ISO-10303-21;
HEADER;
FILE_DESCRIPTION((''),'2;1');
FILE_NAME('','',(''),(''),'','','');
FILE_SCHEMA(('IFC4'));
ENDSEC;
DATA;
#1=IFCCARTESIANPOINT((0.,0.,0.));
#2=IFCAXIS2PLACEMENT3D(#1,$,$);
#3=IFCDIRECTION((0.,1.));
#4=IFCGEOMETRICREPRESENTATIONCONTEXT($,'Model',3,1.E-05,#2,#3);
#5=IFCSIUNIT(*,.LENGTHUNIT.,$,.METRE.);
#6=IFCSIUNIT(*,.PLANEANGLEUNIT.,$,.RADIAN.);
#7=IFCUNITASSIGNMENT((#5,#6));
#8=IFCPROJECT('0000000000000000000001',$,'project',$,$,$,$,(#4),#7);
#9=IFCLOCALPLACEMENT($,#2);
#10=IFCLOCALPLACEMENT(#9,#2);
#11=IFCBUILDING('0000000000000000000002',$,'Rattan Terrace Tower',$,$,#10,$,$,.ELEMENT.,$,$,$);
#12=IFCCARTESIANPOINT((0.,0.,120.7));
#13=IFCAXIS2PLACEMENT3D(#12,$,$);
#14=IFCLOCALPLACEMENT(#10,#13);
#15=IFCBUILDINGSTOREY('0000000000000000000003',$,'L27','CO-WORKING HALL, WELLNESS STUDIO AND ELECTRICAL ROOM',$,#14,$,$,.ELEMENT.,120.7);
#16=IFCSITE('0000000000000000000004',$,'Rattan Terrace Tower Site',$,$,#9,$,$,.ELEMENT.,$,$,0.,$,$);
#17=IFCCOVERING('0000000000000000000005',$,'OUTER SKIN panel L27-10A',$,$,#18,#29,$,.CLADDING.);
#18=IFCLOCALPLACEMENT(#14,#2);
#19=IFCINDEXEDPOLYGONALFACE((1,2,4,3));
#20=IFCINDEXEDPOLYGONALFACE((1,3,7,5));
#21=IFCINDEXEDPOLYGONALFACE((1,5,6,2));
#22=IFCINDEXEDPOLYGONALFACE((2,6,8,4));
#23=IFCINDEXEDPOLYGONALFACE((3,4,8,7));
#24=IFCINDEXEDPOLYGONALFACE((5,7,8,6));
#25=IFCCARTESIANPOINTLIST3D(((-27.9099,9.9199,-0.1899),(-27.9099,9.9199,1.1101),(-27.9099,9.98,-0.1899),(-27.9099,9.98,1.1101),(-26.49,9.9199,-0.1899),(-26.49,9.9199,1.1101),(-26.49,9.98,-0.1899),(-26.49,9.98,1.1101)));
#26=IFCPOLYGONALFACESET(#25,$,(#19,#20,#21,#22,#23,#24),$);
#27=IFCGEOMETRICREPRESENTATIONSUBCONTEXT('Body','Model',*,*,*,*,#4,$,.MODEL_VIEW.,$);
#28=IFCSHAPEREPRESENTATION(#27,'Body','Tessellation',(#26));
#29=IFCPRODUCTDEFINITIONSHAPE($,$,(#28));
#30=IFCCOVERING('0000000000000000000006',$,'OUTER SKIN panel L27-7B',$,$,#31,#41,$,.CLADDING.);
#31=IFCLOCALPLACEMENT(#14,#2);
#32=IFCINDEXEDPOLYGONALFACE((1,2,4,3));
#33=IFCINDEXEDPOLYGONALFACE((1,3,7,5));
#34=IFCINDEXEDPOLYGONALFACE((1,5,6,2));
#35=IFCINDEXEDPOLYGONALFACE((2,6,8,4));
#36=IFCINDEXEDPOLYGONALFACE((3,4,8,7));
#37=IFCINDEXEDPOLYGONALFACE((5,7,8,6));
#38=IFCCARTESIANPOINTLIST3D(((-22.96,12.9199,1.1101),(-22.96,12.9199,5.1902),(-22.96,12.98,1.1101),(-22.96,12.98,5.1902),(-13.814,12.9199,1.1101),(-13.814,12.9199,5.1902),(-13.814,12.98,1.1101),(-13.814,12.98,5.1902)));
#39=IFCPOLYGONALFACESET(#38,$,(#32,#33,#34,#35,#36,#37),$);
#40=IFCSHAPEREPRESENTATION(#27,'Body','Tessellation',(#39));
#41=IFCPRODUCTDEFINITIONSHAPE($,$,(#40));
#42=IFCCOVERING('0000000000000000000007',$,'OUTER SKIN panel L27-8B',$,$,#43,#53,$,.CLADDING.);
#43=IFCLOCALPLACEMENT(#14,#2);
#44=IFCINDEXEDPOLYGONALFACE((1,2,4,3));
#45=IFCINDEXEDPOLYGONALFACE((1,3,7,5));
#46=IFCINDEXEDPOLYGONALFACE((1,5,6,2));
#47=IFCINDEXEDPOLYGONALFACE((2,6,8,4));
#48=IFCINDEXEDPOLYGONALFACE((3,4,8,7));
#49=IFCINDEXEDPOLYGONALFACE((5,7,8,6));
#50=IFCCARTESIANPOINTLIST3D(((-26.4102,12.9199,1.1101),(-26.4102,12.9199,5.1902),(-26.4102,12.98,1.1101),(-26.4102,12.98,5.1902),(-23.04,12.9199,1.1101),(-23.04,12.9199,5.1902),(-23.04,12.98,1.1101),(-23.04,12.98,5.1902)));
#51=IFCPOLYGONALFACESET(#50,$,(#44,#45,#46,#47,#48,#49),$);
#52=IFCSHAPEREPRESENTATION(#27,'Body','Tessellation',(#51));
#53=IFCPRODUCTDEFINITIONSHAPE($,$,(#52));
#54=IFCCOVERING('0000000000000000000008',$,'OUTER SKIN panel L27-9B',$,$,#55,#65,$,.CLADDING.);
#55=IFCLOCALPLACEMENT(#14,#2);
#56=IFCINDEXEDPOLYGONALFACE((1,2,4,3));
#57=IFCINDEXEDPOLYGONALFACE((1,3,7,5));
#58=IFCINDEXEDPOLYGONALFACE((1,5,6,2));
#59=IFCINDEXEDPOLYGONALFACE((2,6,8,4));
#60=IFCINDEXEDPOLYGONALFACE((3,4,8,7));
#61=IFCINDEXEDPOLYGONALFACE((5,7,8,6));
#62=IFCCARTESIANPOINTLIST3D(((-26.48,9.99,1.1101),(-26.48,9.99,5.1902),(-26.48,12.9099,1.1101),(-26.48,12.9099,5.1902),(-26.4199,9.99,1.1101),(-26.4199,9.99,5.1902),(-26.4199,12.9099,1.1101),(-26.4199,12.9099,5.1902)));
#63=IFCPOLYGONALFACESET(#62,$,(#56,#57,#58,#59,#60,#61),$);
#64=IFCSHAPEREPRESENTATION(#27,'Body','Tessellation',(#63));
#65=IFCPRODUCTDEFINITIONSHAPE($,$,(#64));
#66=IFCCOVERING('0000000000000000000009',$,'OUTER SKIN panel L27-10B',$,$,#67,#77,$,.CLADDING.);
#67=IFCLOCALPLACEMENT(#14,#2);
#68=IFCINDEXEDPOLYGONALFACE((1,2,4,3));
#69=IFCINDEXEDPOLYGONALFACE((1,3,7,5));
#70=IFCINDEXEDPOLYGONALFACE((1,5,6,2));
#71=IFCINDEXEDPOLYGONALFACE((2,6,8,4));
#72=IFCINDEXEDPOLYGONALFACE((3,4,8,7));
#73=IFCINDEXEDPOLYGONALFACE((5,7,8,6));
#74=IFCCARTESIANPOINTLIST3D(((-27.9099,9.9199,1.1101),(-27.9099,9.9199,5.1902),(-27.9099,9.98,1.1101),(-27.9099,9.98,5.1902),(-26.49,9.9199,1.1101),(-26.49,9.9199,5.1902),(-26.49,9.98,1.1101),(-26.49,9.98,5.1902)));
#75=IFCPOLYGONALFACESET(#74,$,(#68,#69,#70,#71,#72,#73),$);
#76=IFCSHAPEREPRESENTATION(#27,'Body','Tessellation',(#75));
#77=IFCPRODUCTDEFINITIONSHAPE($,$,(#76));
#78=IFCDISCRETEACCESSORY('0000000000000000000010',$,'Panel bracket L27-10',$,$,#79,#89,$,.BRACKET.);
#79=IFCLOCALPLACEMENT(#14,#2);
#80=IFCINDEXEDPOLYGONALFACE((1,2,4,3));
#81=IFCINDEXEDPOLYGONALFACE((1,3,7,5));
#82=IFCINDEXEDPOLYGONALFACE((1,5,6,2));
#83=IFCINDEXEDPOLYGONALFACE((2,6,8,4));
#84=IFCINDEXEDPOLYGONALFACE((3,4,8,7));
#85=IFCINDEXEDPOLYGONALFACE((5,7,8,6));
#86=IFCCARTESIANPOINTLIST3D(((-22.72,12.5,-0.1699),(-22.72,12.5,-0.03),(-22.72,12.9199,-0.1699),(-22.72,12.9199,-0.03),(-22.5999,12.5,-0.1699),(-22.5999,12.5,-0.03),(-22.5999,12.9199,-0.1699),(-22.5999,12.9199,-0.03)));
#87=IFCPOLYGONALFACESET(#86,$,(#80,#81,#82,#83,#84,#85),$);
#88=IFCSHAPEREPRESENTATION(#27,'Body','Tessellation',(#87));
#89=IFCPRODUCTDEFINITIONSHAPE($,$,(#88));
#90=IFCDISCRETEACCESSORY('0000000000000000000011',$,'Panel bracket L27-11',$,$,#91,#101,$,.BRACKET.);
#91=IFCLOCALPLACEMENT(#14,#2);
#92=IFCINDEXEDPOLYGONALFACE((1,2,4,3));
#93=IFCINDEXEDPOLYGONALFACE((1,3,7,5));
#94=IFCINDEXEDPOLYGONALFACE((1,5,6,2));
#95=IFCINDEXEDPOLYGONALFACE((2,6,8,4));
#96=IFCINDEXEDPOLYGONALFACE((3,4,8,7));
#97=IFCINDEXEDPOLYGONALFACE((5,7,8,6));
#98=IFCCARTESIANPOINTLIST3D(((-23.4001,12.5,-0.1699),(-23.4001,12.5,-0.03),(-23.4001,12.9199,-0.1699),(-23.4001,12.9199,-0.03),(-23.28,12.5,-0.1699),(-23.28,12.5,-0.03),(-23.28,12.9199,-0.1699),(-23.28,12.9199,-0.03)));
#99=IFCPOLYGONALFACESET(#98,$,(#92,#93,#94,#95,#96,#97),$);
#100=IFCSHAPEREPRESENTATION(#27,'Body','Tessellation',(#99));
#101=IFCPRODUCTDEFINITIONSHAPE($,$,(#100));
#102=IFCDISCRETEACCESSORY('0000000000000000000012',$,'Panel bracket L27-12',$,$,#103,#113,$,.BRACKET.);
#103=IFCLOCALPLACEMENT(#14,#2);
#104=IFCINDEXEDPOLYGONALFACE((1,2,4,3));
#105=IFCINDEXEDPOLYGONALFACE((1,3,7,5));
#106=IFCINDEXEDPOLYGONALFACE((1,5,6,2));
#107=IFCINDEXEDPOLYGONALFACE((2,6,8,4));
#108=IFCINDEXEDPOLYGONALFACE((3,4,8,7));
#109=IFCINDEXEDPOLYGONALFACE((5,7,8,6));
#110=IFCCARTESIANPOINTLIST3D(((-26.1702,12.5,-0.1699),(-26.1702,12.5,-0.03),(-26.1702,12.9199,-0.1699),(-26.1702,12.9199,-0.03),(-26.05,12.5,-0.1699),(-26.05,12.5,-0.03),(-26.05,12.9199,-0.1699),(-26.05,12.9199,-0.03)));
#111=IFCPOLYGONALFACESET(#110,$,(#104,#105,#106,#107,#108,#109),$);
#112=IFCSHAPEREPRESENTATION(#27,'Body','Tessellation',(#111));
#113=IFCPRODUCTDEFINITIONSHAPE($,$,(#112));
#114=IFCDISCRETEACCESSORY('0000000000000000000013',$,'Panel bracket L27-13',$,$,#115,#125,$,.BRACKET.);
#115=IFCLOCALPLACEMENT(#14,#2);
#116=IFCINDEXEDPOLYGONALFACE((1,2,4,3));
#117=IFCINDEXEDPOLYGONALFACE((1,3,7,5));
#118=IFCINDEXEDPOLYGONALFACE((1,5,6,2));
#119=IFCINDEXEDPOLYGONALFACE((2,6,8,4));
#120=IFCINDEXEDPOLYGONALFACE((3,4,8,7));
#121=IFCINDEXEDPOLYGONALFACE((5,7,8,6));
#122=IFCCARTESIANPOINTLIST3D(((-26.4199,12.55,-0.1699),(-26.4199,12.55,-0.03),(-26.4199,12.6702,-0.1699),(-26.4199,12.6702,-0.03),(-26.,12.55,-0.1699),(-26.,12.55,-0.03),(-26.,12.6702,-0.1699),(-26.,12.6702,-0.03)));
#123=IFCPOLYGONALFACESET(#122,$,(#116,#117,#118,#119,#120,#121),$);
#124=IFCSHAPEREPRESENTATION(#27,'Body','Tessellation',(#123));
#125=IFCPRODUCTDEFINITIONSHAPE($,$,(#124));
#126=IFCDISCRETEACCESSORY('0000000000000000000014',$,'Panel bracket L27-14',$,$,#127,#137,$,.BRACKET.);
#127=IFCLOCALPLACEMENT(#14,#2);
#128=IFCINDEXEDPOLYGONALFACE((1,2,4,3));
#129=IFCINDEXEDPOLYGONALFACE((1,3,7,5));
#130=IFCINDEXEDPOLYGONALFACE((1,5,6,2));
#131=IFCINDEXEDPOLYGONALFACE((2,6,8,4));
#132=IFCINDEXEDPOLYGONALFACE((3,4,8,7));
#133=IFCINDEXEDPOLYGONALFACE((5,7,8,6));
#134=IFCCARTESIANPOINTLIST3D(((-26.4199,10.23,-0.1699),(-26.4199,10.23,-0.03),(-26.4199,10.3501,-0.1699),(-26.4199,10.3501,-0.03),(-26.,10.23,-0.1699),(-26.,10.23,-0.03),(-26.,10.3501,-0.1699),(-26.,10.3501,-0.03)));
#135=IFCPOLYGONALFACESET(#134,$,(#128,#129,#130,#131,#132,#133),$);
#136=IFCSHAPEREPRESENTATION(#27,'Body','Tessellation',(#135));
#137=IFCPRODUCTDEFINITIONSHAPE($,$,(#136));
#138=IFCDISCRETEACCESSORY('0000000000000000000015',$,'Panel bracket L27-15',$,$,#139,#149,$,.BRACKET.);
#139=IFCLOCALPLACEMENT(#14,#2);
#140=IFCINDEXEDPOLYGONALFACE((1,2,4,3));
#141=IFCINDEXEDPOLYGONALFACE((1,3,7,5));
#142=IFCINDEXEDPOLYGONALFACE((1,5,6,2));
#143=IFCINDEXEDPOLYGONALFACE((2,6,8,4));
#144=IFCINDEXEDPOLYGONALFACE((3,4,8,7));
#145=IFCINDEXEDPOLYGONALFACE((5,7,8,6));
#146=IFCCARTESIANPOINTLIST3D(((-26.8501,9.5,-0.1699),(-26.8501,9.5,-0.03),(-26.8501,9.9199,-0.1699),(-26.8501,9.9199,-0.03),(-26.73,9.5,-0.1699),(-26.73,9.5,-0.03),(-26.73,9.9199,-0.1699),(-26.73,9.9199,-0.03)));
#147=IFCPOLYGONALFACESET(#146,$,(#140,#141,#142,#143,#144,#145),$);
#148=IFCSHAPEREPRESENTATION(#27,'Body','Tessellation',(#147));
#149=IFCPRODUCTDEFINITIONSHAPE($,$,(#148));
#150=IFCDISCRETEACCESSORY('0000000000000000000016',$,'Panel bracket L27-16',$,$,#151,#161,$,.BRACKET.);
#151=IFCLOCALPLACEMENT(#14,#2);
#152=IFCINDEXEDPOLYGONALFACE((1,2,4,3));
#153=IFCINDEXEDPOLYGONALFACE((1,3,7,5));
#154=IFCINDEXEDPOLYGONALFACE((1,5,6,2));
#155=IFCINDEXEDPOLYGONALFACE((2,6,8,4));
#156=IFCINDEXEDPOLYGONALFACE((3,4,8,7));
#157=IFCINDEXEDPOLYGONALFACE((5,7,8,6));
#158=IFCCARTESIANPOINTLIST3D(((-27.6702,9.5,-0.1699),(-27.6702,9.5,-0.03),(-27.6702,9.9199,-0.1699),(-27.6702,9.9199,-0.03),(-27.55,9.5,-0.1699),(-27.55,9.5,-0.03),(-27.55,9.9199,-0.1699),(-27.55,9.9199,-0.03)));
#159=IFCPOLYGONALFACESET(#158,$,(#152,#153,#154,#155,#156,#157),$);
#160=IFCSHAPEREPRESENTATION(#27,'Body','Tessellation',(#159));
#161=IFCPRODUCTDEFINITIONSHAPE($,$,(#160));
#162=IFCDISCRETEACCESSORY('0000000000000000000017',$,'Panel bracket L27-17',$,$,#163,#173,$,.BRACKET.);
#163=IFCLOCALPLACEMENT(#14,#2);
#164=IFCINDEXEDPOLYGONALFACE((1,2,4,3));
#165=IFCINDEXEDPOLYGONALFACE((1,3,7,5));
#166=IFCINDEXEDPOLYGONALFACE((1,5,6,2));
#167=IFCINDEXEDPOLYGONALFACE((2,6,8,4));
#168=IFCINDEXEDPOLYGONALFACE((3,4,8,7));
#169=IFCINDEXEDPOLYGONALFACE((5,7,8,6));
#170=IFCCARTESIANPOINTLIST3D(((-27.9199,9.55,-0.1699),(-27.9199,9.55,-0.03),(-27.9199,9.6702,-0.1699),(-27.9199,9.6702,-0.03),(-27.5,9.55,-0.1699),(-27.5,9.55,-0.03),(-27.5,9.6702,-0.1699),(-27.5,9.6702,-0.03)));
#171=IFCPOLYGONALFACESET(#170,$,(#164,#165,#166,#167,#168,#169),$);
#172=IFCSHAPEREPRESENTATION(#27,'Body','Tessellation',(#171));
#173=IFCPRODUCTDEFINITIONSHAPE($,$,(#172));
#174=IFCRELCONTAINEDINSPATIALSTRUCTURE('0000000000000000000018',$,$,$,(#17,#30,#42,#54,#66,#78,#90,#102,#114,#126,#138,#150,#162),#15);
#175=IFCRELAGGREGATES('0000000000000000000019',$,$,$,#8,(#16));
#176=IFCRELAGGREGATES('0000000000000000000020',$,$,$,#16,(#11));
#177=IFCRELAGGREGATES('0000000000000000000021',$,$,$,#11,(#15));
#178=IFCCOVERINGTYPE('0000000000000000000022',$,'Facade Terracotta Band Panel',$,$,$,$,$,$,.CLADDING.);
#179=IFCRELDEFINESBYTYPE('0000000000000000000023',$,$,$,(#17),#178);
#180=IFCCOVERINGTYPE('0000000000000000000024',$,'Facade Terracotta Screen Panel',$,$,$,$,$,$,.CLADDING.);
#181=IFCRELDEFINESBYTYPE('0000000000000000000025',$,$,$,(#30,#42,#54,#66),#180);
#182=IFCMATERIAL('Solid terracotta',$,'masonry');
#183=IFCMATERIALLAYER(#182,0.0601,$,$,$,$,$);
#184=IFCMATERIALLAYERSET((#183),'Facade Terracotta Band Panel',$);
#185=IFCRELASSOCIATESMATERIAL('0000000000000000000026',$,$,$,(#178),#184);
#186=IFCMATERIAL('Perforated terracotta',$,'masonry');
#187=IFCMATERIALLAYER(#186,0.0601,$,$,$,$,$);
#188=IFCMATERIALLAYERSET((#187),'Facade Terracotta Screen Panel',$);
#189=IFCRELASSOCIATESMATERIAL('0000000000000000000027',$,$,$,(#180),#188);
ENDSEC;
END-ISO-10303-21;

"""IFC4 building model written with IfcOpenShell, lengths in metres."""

from ifc_helpers import new_model, si_unit, direction, frame, origin, origin_2d, place, context, subcontext, project, spatial, rectangle, extrude, material, layer, layer_set, type_object, element, save


model = new_model("IFC4")

# Units and contexts
model_context = context("Model", 3, precision=1e-05, world=origin(), true_north=direction((0.0, 1.0)))
body_context = subcontext(model_context, "Body", "Model", "MODEL_VIEW")
ifc_project = project(units=[si_unit("LENGTHUNIT", "METRE"), si_unit("PLANEANGLEUNIT", "RADIAN")], contexts=[model_context])

# Site, building, storey
site_placement = place(None, origin())
site = spatial("IfcSite", under=ifc_project, at=site_placement, Name="Rattan Terrace Tower Site", CompositionType="ELEMENT", RefElevation=0.0)
building_placement = place(site_placement, origin())
building = spatial("IfcBuilding", under=site, at=building_placement, Name="Rattan Terrace Tower", CompositionType="ELEMENT")
storey_placement = place(building_placement, frame((0.0, 0.0, 120.7)))
storey = spatial("IfcBuildingStorey", under=building, at=storey_placement, Name="L27", Description="CO-WORKING HALL, WELLNESS STUDIO AND ELECTRICAL ROOM", CompositionType="ELEMENT", Elevation=120.7)

# Coverings
ifc_material_1 = material(Name="Solid terracotta", Category="masonry")
ifc_layer_1 = layer(ifc_material_1, 0.0601)
ifc_layer_set_1 = layer_set([ifc_layer_1], Name="Facade Terracotta Band Panel")
covering_type_1 = type_object("IfcCoveringType", Name="Facade Terracotta Band Panel", PredefinedType="CLADDING", material=ifc_layer_set_1)
covering_1_placement = place(storey_placement, frame((-27.2, 9.95, -0.1899), z_axis=(0.0, 0.0, 1.0), x_axis=(-1.0, 0.0, 0.0)))
element("IfcCovering", 1, at=covering_1_placement, inside=storey, type_object=covering_type_1, Name="OUTER SKIN panel L27-10A", PredefinedType="CLADDING", context=body_context, shape_type="SweptSolid", body=[
    extrude(rectangle(XDim=1.4199, YDim=0.0601, at=origin_2d()), origin(), (0.0, 0.0, 1.0), 1.3),
])
ifc_material_2 = material(Name="Perforated terracotta", Category="masonry")
ifc_layer_2 = layer(ifc_material_2, 0.0601)
ifc_layer_set_2 = layer_set([ifc_layer_2], Name="Facade Terracotta Screen Panel")
covering_type_2 = type_object("IfcCoveringType", Name="Facade Terracotta Screen Panel", PredefinedType="CLADDING", material=ifc_layer_set_2)
covering_2_placement = place(storey_placement, frame((-18.387, 12.95, 1.1101), z_axis=(0.0, 0.0, 1.0), x_axis=(-1.0, 0.0, 0.0)))
element("IfcCovering", 2, at=covering_2_placement, inside=storey, type_object=covering_type_2, Name="OUTER SKIN panel L27-7B", PredefinedType="CLADDING", context=body_context, shape_type="SweptSolid", body=[
    extrude(rectangle(XDim=9.146, YDim=0.0601, at=origin_2d()), origin(), (0.0, 0.0, 1.0), 4.0801),
])
covering_3_placement = place(storey_placement, frame((-24.7251, 12.95, 1.1101), z_axis=(0.0, 0.0, 1.0), x_axis=(-1.0, 0.0, 0.0)))
element("IfcCovering", 3, at=covering_3_placement, inside=storey, type_object=covering_type_2, Name="OUTER SKIN panel L27-8B", PredefinedType="CLADDING", context=body_context, shape_type="SweptSolid", body=[
    extrude(rectangle(XDim=3.3701, YDim=0.0601, at=origin_2d()), origin(), (0.0, 0.0, 1.0), 4.0801),
])
covering_4_placement = place(storey_placement, frame((-26.45, 11.45, 1.1101), z_axis=(0.0, 0.0, 1.0), x_axis=(0.0, -1.0, 0.0)))
element("IfcCovering", 4, at=covering_4_placement, inside=storey, type_object=covering_type_2, Name="OUTER SKIN panel L27-9B", PredefinedType="CLADDING", context=body_context, shape_type="SweptSolid", body=[
    extrude(rectangle(XDim=2.9199, YDim=0.0601, at=origin_2d()), origin(), (0.0, 0.0, 1.0), 4.0801),
])
covering_5_placement = place(storey_placement, frame((-27.2, 9.95, 1.1101), z_axis=(0.0, 0.0, 1.0), x_axis=(-1.0, 0.0, 0.0)))
element("IfcCovering", 5, at=covering_5_placement, inside=storey, type_object=covering_type_2, Name="OUTER SKIN panel L27-10B", PredefinedType="CLADDING", context=body_context, shape_type="SweptSolid", body=[
    extrude(rectangle(XDim=1.4199, YDim=0.0601, at=origin_2d()), origin(), (0.0, 0.0, 1.0), 4.0801),
])

# Discrete accessories
for number, where, z_axis, x_axis, name in (
    (6, (-22.6599, 12.71, -0.1699), (0.0, 0.0, 1.0), (-1.0, 0.0, 0.0), "Panel bracket L27-10"),
    (7, (-23.3401, 12.71, -0.1699), (0.0, 0.0, 1.0), (-1.0, 0.0, 0.0), "Panel bracket L27-11"),
    (8, (-26.1101, 12.71, -0.1699), (0.0, 0.0, 1.0), (-1.0, 0.0, 0.0), "Panel bracket L27-12"),
    (9, (-26.21, 12.6101, -0.1699), (0.0, 0.0, 1.0), (0.0, -1.0, 0.0), "Panel bracket L27-13"),
    (10, (-26.21, 10.29, -0.1699), (0.0, 0.0, 1.0), (0.0, -1.0, 0.0), "Panel bracket L27-14"),
    (11, (-26.79, 9.71, -0.1699), (0.0, 0.0, 1.0), (-1.0, 0.0, 0.0), "Panel bracket L27-15"),
    (12, (-27.6101, 9.71, -0.1699), (0.0, 0.0, 1.0), (-1.0, 0.0, 0.0), "Panel bracket L27-16"),
    (13, (-27.71, 9.6101, -0.1699), (0.0, 0.0, 1.0), (0.0, -1.0, 0.0), "Panel bracket L27-17"),
):
    element("IfcDiscreteAccessory", number, at=place(storey_placement, frame(where, z_axis=z_axis, x_axis=x_axis)), inside=storey, Name=name, PredefinedType="BRACKET", context=body_context, shape_type="SweptSolid", body=[
        extrude(rectangle(XDim=0.1201, YDim=0.4199, at=origin_2d()), origin(), (0.0, 0.0, 1.0), 0.1399),
    ])

save(model, "model.ifc")
